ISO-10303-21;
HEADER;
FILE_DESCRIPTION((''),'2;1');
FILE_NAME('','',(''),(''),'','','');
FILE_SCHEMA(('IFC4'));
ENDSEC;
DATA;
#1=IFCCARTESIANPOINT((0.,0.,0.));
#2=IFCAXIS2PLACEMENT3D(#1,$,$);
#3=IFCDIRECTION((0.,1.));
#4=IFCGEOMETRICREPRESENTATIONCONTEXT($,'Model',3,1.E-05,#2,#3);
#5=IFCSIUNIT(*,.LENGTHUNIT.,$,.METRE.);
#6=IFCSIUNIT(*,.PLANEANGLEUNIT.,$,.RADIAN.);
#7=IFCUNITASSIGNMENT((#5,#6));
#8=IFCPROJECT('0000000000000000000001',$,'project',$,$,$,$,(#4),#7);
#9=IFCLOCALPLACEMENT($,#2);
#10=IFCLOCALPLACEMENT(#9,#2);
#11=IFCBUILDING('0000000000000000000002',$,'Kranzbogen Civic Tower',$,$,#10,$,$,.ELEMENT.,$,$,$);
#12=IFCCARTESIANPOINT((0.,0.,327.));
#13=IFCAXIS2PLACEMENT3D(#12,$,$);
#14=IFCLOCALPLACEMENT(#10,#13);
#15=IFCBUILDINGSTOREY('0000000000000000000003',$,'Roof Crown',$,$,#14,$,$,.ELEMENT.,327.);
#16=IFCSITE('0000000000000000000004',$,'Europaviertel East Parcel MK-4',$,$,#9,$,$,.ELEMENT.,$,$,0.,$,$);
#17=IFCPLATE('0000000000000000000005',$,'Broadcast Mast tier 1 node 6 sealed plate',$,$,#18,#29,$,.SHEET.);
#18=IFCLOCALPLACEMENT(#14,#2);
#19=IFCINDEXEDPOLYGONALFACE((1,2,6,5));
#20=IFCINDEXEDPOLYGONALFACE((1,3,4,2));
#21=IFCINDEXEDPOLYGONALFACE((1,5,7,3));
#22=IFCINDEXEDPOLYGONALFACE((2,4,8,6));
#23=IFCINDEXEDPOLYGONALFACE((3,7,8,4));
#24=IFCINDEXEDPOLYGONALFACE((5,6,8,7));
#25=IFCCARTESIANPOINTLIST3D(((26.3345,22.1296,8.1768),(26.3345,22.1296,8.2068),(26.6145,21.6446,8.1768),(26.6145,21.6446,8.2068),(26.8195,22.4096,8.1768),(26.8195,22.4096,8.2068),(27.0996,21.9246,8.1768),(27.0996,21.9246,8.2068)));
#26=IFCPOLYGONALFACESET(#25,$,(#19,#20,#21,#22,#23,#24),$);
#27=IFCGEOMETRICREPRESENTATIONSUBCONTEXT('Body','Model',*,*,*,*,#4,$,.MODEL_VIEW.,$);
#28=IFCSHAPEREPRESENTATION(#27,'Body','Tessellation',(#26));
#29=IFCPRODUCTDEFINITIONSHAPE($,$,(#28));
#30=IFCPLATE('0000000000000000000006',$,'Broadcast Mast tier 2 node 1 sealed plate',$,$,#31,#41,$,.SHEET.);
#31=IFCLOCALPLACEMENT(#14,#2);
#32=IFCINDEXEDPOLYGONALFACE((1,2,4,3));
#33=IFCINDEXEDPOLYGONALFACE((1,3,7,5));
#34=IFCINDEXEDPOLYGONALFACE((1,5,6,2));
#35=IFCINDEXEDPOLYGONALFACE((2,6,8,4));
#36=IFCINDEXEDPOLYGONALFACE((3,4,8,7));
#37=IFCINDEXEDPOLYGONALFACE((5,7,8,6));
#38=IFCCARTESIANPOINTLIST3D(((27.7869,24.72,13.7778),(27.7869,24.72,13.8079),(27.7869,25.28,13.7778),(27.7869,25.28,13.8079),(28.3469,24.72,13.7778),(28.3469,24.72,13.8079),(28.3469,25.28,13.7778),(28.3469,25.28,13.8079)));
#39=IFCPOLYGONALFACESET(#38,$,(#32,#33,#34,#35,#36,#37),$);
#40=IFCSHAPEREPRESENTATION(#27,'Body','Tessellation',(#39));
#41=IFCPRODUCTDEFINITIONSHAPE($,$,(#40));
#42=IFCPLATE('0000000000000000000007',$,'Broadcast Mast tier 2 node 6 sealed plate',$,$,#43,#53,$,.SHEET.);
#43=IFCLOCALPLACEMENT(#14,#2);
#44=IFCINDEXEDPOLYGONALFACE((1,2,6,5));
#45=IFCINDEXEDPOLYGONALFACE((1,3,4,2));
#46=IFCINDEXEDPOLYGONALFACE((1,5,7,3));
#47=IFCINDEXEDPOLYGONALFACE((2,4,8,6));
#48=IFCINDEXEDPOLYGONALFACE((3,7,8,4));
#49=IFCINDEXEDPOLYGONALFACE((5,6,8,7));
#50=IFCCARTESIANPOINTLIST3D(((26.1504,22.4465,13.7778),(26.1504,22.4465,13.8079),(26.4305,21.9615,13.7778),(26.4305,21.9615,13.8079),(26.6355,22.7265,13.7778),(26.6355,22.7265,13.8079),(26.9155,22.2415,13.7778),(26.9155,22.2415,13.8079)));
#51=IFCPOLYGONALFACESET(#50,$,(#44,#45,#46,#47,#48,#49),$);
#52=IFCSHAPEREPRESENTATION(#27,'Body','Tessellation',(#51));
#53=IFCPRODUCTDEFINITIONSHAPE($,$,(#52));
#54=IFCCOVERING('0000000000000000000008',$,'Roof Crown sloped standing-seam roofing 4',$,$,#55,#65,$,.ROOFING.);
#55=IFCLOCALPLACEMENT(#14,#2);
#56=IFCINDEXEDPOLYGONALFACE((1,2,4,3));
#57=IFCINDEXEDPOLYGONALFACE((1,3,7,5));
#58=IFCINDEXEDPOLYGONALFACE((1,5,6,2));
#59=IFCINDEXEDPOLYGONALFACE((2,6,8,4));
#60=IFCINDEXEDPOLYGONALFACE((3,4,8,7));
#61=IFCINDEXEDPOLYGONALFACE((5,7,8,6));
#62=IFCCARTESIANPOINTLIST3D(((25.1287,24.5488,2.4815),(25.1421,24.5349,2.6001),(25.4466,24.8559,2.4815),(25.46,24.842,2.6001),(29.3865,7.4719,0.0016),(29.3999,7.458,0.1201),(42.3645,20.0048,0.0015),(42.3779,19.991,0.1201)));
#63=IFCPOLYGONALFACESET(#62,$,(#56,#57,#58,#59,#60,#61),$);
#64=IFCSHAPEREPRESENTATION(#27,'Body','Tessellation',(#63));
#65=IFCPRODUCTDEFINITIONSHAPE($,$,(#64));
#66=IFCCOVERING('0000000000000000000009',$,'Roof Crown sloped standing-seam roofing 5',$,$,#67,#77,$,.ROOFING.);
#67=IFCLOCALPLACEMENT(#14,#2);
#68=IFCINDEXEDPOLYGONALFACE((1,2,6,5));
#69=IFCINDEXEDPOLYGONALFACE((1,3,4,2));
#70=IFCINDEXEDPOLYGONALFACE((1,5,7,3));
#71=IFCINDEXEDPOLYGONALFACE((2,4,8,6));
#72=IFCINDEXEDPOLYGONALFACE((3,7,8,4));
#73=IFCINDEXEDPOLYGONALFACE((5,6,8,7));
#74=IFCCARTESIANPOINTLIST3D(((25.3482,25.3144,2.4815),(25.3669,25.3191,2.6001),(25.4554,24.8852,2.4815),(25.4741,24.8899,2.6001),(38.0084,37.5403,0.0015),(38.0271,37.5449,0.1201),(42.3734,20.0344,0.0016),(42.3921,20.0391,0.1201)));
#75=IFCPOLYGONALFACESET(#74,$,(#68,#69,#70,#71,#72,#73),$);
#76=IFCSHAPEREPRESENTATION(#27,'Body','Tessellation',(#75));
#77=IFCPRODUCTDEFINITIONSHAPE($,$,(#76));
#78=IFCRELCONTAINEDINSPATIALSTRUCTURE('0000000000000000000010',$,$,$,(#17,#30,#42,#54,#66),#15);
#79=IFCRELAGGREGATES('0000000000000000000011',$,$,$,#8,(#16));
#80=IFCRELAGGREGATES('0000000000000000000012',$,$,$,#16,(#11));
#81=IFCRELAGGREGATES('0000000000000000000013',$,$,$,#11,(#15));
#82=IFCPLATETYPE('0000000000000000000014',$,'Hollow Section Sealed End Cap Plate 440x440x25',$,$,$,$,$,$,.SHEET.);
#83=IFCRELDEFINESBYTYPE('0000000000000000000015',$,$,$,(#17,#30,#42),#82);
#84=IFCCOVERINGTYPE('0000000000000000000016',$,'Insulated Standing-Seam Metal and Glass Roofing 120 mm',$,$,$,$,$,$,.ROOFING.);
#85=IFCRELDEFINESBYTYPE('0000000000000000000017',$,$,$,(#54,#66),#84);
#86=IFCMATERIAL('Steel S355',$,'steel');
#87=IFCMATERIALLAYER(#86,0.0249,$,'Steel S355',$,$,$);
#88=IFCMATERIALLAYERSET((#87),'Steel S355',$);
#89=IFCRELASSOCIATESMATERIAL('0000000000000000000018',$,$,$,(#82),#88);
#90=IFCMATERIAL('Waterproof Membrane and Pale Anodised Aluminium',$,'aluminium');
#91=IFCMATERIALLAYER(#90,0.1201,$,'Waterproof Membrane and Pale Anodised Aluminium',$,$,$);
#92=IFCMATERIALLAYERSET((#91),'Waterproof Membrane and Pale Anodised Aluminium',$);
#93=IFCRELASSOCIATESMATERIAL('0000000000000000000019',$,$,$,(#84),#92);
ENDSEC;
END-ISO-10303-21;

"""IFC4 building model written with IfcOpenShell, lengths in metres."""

from ifc_helpers import new_model, si_unit, direction, frame, origin, origin_2d, place, context, subcontext, project, spatial, polyline, rectangle, outline, extrude, material, layer, layer_set, type_object, element, save


model = new_model("IFC4")

# Units and contexts
model_context = context("Model", 3, precision=1e-05, world=origin(), true_north=direction((0.0, 1.0)))
body_context = subcontext(model_context, "Body", "Model", "MODEL_VIEW")
ifc_project = project(units=[si_unit("LENGTHUNIT", "METRE"), si_unit("PLANEANGLEUNIT", "RADIAN")], contexts=[model_context])

# Site, building, storey
site_placement = place(None, origin())
site = spatial("IfcSite", under=ifc_project, at=site_placement, Name="Europaviertel East Parcel MK-4", CompositionType="ELEMENT", RefElevation=0.0)
building_placement = place(site_placement, origin())
building = spatial("IfcBuilding", under=site, at=building_placement, Name="Kranzbogen Civic Tower", CompositionType="ELEMENT")
storey_placement = place(building_placement, frame((0.0, 0.0, 327.0)))
storey = spatial("IfcBuildingStorey", under=building, at=storey_placement, Name="Roof Crown", CompositionType="ELEMENT", Elevation=327.0)

# Shared definitions
ifc_material_1 = material(Name="Steel S355", Category="steel")

# Plates
ifc_layer_1 = layer(ifc_material_1, 0.0249, Name="Steel S355")
ifc_layer_set_1 = layer_set([ifc_layer_1], Name="Steel S355")
plate_type_1 = type_object("IfcPlateType", Name="Hollow Section Sealed End Cap Plate 440x440x25", PredefinedType="SHEET", material=ifc_layer_set_1)
for number, where, z_axis, x_axis, name in (
    (1, (26.717, 22.0271, 8.1768), (0.0, 0.0, 1.0), (0.5, -0.866025, 0.0), "Broadcast Mast tier 1 node 6 sealed plate"),
    (2, (28.0669, 25.0, 13.7778), (0.0, 0.0, 1.0), (1.0, 0.0, 0.0), "Broadcast Mast tier 2 node 1 sealed plate"),
    (3, (26.533, 22.344, 13.7778), (0.0, 0.0, 1.0), (0.5, -0.866025, 0.0), "Broadcast Mast tier 2 node 6 sealed plate"),
):
    element("IfcPlate", number, at=place(storey_placement, frame(where, z_axis=z_axis, x_axis=x_axis)), inside=storey, type_object=plate_type_1, Name=name, PredefinedType="SHEET", context=body_context, shape_type="SweptSolid", body=[
        extrude(rectangle(XDim=0.5601, YDim=0.5601, at=origin_2d()), origin(), (0.0, 0.0, 1.0), 0.03),
    ])

# Coverings
ifc_material_2 = material(Name="Waterproof Membrane and Pale Anodised Aluminium", Category="aluminium")
ifc_layer_2 = layer(ifc_material_2, 0.1201, Name="Waterproof Membrane and Pale Anodised Aluminium")
ifc_layer_set_2 = layer_set([ifc_layer_2], Name="Waterproof Membrane and Pale Anodised Aluminium")
covering_type = type_object("IfcCoveringType", Name="Insulated Standing-Seam Metal and Glass Roofing 120 mm", PredefinedType="ROOFING", material=ifc_layer_set_2)
covering_1_placement = place(storey_placement, frame((29.3999, 7.458, 0.1201), z_axis=(0.111562, -0.115522, 0.98702), x_axis=(0.719333, 0.694665, -0.000001)))
element("IfcCovering", 4, at=covering_1_placement, inside=storey, type_object=covering_type, Name="Roof Crown sloped standing-seam roofing 4", PredefinedType="ROOFING", context=body_context, shape_type="SweptSolid", body=[
    extrude(outline(polyline([(0.0, 0.0), (18.0417, 0.0), (9.2419, 15.4423), (8.7999, 15.4422), (0.0, 0.0)])), origin(), (0.0, 0.0, -1.0), 0.1201),
])
covering_2_placement = place(storey_placement, frame((42.3921, 20.0391, 0.1201), z_axis=(0.155825, 0.038856, 0.98702), x_axis=(-0.241937, 0.970292, -0.000001)))
element("IfcCovering", 5, at=covering_2_placement, inside=storey, type_object=covering_type, Name="Roof Crown sloped standing-seam roofing 5", PredefinedType="ROOFING", context=body_context, shape_type="SweptSolid", body=[
    extrude(outline(polyline([(0.0, 0.0), (18.0418, 0.0), (9.2422, 15.4424), (8.7998, 15.4422), (0.0, 0.0)])), origin(), (0.0, 0.0, -1.0), 0.1201),
])

save(model, "model.ifc")
